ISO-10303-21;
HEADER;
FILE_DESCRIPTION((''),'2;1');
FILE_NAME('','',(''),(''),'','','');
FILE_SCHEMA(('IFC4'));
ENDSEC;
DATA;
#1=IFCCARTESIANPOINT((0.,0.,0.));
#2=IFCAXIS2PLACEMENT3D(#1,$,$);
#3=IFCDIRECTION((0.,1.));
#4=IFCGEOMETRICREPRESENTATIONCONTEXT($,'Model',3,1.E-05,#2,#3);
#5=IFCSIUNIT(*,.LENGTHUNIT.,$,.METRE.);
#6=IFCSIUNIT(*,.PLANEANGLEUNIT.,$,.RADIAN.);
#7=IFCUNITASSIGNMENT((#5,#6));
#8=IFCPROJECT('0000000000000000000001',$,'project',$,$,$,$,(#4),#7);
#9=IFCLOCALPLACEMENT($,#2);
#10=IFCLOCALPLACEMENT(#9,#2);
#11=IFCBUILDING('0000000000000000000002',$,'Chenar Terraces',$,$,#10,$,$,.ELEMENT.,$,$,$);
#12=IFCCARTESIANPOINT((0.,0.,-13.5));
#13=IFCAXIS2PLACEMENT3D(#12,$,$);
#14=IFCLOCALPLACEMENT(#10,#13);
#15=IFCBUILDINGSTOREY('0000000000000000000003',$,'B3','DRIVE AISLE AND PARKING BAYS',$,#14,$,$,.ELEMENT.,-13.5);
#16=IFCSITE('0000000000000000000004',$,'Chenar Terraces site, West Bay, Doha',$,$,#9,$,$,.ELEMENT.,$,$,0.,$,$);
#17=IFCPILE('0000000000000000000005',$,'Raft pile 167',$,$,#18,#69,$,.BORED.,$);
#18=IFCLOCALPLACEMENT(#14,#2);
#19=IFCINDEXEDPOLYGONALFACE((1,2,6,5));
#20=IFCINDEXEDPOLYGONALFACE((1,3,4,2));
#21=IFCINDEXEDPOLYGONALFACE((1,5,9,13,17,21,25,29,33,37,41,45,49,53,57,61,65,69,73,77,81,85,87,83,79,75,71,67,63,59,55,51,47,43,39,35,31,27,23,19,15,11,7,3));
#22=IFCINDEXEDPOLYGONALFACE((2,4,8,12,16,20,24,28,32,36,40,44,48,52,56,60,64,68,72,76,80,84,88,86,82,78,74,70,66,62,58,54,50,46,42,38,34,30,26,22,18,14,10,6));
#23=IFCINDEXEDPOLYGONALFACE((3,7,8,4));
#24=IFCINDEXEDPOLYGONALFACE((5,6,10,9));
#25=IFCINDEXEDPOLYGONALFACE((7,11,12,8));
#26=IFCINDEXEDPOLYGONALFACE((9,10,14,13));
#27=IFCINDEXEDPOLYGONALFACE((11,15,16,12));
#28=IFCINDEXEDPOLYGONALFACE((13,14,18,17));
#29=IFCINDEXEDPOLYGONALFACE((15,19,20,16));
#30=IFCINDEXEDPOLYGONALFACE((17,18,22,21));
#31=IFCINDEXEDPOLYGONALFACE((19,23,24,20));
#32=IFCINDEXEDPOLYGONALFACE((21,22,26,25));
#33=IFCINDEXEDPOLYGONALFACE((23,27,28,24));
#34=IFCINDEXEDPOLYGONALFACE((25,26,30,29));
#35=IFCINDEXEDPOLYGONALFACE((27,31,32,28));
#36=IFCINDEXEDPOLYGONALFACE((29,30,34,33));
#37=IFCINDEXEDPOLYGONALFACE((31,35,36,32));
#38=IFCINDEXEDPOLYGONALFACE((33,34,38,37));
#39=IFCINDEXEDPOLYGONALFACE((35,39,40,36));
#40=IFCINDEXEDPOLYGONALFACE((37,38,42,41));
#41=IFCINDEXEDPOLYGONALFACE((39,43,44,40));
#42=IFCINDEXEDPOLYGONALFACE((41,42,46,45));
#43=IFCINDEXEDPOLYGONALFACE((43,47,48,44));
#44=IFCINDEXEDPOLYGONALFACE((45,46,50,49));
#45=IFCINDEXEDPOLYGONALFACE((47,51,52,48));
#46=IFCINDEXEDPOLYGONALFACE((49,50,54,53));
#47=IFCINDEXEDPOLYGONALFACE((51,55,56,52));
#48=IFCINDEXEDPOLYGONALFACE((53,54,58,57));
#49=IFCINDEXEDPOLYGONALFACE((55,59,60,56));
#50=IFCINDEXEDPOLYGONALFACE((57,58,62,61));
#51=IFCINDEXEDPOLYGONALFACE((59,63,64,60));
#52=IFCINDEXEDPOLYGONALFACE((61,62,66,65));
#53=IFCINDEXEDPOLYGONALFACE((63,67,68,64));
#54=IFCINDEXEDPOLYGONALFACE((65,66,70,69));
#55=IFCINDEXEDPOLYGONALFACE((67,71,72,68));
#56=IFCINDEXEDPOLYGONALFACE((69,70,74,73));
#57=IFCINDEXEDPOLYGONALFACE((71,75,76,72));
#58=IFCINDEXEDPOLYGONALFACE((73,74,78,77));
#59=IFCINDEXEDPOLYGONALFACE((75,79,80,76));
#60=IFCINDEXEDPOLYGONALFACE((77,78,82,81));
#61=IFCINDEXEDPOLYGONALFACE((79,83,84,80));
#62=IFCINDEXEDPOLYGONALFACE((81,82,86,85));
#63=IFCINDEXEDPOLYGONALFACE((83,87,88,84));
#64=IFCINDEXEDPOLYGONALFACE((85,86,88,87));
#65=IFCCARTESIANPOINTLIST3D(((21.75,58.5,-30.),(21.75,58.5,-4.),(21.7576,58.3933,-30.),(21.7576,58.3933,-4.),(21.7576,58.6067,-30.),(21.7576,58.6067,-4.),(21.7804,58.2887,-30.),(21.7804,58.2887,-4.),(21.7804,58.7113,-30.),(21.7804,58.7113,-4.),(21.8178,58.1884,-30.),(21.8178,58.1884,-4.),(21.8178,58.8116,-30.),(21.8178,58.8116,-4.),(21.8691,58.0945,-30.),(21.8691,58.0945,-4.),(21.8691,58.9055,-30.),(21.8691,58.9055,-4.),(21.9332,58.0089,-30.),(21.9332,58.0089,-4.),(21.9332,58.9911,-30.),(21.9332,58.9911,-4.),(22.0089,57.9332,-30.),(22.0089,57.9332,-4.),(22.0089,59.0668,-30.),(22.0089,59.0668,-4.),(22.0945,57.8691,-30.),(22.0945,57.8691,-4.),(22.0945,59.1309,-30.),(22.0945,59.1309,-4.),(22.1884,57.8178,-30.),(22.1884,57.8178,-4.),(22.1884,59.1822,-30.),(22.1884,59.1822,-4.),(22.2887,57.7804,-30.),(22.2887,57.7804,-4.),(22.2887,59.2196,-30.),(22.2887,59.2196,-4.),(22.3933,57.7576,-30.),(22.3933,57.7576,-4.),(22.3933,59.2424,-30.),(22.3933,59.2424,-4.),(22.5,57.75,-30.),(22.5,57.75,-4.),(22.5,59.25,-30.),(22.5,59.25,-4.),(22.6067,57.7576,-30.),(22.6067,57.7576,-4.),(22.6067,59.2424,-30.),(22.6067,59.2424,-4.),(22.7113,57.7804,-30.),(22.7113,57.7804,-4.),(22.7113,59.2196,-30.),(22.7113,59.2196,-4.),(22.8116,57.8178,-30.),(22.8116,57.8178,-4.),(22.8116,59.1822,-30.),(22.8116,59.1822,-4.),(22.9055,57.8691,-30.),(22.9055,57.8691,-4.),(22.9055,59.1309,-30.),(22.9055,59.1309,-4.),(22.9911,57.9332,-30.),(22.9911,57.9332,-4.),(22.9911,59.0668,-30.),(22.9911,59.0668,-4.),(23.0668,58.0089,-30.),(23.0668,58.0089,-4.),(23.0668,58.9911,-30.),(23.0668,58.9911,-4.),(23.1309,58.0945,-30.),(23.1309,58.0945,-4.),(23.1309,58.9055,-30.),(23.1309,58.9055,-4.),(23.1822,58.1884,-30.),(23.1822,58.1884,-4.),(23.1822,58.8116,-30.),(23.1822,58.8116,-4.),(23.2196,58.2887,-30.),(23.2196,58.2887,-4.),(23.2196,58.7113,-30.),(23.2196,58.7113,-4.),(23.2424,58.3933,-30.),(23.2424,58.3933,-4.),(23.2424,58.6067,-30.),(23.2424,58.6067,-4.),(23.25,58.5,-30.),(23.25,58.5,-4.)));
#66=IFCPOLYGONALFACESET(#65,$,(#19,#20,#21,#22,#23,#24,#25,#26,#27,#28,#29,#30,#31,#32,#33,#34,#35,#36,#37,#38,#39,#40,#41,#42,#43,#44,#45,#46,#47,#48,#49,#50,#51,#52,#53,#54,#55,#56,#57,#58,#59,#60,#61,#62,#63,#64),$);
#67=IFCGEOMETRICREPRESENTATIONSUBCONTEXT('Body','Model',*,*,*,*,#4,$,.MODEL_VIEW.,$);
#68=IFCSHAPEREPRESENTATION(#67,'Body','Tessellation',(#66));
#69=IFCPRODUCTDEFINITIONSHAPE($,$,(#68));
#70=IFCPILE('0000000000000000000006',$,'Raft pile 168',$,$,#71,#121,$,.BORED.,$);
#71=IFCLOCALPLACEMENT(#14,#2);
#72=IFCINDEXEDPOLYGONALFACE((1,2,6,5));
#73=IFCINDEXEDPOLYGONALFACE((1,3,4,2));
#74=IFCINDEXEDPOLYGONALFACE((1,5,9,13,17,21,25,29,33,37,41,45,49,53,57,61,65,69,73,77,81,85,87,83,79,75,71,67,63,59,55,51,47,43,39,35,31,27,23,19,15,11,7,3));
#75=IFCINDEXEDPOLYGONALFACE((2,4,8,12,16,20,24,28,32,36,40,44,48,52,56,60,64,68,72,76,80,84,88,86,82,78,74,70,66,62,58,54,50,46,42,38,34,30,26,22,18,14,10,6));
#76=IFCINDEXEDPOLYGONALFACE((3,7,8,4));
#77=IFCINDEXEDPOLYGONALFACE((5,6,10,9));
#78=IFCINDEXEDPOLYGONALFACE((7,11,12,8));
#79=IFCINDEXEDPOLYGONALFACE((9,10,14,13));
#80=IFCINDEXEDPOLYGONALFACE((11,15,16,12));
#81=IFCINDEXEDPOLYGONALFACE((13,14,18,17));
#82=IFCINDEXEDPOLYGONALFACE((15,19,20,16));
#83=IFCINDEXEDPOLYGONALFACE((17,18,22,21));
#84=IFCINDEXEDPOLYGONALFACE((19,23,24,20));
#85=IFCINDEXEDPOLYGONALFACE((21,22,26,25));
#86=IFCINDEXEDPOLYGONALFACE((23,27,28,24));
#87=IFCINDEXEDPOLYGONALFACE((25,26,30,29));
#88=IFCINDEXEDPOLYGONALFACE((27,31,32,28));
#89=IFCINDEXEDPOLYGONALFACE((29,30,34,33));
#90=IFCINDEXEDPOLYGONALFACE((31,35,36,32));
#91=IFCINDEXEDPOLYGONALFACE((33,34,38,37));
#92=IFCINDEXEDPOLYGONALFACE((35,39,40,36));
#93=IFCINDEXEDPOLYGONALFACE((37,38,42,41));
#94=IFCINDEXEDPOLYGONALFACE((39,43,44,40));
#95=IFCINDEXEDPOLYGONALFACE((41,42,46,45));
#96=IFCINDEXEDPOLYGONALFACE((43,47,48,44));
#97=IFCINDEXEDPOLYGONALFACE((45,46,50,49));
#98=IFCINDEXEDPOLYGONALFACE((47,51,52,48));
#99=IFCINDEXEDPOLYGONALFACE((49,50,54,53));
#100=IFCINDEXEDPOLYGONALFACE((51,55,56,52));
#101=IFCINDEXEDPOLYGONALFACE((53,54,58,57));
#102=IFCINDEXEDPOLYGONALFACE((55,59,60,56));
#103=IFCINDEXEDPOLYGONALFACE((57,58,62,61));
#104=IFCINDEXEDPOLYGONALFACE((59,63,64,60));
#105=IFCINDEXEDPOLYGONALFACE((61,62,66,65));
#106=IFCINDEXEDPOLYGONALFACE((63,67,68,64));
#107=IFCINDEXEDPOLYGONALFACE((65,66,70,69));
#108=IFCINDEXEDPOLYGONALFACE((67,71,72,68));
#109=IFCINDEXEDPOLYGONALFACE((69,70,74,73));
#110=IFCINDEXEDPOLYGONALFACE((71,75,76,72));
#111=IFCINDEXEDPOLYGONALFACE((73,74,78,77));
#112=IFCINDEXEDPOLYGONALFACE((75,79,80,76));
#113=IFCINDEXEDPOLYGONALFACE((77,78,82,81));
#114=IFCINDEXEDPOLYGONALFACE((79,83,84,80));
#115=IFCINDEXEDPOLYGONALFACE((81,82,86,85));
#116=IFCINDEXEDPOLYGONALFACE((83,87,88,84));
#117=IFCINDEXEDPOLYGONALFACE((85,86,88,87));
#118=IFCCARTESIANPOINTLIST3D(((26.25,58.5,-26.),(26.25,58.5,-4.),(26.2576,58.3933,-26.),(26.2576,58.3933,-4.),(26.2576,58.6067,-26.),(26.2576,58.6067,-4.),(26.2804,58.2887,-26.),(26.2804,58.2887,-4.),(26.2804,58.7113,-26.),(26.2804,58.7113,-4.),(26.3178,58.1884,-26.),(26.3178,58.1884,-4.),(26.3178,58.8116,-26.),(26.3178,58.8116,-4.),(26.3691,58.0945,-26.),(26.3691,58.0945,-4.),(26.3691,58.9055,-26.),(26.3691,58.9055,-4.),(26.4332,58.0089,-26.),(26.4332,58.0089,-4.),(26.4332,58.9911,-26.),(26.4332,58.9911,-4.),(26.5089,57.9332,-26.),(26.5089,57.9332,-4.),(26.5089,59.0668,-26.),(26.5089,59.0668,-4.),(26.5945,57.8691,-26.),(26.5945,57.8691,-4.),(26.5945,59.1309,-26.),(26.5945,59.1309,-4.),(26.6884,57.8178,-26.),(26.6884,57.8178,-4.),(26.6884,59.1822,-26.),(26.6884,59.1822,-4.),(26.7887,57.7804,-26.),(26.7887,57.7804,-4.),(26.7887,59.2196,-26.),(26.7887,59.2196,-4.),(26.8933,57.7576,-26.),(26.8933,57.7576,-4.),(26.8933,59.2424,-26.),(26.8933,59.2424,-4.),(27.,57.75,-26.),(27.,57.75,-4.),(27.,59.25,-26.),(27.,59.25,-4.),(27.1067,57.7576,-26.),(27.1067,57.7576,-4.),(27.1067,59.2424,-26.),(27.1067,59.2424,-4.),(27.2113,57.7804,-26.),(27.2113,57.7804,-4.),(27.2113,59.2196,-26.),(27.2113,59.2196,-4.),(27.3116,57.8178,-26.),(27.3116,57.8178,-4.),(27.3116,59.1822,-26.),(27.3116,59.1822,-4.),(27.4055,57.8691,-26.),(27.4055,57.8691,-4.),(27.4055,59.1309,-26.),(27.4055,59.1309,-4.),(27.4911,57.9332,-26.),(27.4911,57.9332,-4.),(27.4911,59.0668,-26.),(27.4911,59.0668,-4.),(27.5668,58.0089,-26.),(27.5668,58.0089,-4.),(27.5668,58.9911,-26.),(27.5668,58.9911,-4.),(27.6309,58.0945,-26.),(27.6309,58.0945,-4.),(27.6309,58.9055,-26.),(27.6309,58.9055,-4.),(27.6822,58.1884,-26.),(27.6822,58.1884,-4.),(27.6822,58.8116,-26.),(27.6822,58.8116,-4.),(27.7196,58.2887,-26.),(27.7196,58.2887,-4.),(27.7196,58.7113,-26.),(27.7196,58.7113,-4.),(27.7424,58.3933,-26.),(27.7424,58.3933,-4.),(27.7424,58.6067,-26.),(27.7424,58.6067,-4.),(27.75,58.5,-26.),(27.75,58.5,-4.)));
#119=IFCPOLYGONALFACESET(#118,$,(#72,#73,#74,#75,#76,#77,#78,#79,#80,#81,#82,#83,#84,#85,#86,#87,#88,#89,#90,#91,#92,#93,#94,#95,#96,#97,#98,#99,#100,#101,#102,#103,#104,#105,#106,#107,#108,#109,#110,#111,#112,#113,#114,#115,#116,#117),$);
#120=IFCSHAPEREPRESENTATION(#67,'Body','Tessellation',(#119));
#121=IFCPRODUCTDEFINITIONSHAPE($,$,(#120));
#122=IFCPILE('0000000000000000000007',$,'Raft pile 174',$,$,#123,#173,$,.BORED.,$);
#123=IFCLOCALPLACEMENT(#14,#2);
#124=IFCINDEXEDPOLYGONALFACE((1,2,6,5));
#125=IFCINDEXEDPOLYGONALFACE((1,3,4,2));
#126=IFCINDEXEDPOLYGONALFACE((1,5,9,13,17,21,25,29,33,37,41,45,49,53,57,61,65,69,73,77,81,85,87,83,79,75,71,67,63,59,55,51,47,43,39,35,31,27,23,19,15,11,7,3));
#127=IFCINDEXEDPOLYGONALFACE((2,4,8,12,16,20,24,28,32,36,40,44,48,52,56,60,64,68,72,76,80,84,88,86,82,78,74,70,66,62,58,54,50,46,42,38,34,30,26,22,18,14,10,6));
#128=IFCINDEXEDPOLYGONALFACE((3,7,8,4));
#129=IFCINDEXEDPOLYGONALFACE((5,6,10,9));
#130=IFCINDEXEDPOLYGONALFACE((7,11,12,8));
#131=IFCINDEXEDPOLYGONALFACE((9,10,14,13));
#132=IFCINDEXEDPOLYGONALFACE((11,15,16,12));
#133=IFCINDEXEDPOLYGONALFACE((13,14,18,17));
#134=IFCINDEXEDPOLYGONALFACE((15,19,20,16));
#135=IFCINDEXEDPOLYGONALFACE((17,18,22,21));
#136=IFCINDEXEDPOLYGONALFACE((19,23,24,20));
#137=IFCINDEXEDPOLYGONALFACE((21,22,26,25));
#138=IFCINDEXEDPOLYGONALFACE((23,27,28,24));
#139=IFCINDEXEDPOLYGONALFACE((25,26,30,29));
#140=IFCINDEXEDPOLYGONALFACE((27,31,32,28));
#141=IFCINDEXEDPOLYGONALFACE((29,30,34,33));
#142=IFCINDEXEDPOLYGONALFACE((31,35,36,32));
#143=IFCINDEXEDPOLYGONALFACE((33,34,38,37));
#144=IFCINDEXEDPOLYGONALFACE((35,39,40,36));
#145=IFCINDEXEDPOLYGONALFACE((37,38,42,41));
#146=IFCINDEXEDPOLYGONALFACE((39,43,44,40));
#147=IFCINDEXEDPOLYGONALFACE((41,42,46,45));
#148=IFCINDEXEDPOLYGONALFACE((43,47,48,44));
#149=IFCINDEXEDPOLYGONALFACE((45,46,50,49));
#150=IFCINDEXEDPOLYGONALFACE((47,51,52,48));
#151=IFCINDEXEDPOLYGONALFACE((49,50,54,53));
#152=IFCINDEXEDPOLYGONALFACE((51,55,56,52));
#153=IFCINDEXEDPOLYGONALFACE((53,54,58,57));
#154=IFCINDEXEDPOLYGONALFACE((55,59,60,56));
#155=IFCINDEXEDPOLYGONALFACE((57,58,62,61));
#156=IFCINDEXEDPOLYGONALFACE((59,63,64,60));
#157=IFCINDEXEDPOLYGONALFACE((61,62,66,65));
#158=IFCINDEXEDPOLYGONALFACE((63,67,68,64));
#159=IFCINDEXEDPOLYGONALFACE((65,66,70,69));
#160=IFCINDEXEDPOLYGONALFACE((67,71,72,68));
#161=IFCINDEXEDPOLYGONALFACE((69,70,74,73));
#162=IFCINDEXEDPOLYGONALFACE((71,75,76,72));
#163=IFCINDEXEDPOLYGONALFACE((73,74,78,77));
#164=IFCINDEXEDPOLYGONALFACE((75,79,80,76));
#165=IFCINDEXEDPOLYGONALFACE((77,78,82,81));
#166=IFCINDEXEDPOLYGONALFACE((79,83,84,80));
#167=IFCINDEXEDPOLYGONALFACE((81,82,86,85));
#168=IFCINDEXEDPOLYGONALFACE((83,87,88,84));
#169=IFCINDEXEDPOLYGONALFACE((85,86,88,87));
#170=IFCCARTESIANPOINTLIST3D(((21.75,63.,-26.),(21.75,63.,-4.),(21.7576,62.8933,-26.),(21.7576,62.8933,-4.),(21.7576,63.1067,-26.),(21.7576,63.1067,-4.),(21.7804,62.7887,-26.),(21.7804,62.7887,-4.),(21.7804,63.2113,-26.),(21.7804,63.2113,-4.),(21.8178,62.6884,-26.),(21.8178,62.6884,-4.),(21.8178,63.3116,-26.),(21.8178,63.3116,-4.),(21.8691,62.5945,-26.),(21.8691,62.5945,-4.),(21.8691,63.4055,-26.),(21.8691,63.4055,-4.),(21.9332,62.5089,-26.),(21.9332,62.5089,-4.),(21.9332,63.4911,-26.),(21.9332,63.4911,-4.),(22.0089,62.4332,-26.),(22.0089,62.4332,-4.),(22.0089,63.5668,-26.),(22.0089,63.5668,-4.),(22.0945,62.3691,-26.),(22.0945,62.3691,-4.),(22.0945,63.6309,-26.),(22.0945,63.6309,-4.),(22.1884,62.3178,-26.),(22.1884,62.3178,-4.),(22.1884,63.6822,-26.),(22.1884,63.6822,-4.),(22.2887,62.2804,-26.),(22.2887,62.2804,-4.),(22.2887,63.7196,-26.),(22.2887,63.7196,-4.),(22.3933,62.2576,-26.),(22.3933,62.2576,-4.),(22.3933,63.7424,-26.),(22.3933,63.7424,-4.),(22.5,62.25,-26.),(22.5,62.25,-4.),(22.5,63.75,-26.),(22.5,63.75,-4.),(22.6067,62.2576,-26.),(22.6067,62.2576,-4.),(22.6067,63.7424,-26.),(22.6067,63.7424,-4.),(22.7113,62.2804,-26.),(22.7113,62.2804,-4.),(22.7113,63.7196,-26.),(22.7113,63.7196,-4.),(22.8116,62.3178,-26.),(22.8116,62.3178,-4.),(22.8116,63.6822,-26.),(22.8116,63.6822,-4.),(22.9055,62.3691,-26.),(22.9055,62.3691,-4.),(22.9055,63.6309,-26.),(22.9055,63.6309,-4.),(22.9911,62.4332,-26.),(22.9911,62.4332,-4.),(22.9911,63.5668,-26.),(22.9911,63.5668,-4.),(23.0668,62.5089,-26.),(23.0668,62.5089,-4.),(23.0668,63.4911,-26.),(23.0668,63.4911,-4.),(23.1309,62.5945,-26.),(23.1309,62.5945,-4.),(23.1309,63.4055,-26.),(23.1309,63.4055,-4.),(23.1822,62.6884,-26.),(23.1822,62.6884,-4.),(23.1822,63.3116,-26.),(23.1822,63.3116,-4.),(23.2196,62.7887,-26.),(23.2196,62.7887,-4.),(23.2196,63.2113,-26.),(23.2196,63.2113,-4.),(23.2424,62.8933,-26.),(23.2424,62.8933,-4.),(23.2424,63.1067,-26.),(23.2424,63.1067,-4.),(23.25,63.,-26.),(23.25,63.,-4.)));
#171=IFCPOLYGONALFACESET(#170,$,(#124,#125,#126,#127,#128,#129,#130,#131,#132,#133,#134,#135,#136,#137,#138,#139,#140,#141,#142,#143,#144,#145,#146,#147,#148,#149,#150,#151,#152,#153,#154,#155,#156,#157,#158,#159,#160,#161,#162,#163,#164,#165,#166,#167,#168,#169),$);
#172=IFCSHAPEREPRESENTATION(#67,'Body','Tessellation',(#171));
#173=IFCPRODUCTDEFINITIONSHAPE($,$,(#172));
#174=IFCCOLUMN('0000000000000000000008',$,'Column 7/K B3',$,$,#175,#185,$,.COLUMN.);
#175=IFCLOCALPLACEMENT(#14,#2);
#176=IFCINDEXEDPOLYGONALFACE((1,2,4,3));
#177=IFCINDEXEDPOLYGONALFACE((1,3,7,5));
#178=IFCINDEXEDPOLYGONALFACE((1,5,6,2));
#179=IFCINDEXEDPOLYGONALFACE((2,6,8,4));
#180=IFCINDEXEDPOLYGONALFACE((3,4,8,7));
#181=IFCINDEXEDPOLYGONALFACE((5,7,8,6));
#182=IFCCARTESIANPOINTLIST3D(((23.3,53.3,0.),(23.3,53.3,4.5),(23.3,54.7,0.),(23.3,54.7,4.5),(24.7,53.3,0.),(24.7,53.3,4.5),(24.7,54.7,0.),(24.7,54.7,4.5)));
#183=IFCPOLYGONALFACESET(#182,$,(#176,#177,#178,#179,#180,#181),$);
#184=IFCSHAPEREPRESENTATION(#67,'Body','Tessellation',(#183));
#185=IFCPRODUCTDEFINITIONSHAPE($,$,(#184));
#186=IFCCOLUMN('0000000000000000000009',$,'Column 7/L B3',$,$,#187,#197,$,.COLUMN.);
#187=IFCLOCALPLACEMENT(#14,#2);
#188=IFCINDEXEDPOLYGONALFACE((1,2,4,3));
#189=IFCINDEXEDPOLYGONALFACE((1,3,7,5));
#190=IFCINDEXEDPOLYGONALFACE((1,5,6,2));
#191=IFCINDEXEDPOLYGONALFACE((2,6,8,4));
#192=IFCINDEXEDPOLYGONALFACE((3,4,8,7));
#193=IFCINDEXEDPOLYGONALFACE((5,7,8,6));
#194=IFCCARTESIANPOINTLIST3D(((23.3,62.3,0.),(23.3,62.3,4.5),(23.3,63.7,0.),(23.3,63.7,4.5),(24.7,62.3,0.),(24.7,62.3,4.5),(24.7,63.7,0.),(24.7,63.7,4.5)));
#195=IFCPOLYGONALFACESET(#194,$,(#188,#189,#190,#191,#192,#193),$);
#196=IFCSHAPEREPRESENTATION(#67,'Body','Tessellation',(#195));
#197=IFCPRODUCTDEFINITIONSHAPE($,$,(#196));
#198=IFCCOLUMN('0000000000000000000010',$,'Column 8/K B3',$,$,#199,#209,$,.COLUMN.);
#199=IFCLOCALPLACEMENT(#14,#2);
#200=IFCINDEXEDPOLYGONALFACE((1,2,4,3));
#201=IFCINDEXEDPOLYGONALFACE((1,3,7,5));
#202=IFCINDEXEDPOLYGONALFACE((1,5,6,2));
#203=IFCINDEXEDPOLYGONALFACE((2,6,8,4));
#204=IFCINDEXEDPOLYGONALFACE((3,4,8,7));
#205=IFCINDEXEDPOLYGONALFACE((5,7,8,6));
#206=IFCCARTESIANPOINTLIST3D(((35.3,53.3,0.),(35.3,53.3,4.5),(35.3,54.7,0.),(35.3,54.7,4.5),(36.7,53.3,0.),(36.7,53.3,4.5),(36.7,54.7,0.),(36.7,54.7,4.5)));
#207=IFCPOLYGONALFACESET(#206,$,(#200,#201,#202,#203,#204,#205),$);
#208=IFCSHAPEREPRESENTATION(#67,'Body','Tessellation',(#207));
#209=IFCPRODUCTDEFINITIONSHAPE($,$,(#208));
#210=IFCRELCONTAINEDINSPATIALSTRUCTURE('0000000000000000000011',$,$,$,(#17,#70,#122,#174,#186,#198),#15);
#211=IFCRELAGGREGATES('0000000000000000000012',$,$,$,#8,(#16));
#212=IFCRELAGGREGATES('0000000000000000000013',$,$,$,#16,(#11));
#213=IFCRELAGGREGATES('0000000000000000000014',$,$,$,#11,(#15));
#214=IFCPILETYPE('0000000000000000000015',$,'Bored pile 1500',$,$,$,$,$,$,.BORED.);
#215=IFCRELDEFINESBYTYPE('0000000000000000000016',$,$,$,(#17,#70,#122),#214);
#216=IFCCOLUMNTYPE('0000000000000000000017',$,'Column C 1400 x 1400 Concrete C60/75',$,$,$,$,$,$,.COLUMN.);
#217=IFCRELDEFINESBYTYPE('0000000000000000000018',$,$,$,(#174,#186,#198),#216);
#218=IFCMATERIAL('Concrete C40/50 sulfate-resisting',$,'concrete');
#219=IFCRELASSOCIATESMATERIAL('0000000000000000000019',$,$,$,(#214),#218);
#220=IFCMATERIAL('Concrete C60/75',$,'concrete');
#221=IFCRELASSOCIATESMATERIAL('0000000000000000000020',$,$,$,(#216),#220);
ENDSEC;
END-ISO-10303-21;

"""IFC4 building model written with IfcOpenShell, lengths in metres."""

from ifc_helpers import new_model, si_unit, direction, frame, origin, origin_2d, place, context, subcontext, project, spatial, rectangle, circle, extrude, material, material_profile, profile_set, type_object, element, save


model = new_model("IFC4")

# Units and contexts
model_context = context("Model", 3, precision=1e-05, world=origin(), true_north=direction((0.0, 1.0)))
body_context = subcontext(model_context, "Body", "Model", "MODEL_VIEW")
ifc_project = project(units=[si_unit("LENGTHUNIT", "METRE"), si_unit("PLANEANGLEUNIT", "RADIAN")], contexts=[model_context])

# Site, building, storey
site_placement = place(None, origin())
site = spatial("IfcSite", under=ifc_project, at=site_placement, Name="Chenar Terraces site, West Bay, Doha", CompositionType="ELEMENT", RefElevation=0.0)
building_placement = place(site_placement, origin())
building = spatial("IfcBuilding", under=site, at=building_placement, Name="Chenar Terraces", CompositionType="ELEMENT")
storey_placement = place(building_placement, frame((0.0, 0.0, -13.5)))
storey = spatial("IfcBuildingStorey", under=building, at=storey_placement, Name="B3", Description="DRIVE AISLE AND PARKING BAYS", CompositionType="ELEMENT", Elevation=-13.5)

# Piles
ifc_material_1 = material(Name="Concrete C40/50 sulfate-resisting", Category="concrete")
ifc_material_profile_1 = material_profile(ifc_material_1, circle(Radius=0.75, at=origin_2d()), Name="BP 1500")
ifc_profile_set_1 = profile_set([ifc_material_profile_1], Name="Concrete C40/50 sulfate-resisting")
pile_type_1 = type_object("IfcPileType", Name="Bored pile 1500", PredefinedType="BORED", material=ifc_profile_set_1)
pile_1_placement = place(storey_placement, frame((22.5, 58.5, -4.0), z_axis=(0.0, 0.0, -1.0), x_axis=(1.0, 0.0, 0.0)))
element("IfcPile", 1, at=pile_1_placement, inside=storey, type_object=pile_type_1, Name="Raft pile 167", PredefinedType="BORED", context=body_context, shape_type="SweptSolid", body=[
    extrude(circle(Radius=0.75, at=origin_2d()), origin(), (0.0, 0.0, 1.0), 26.0),
])
for number, where, z_axis, x_axis, name in (
    (2, (27.0, 58.5, -4.0), (0.0, 0.0, -1.0), (1.0, 0.0, 0.0), "Raft pile 168"),
    (3, (22.5, 63.0, -4.0), (0.0, 0.0, -1.0), (1.0, 0.0, 0.0), "Raft pile 174"),
):
    element("IfcPile", number, at=place(storey_placement, frame(where, z_axis=z_axis, x_axis=x_axis)), inside=storey, type_object=pile_type_1, Name=name, PredefinedType="BORED", context=body_context, shape_type="SweptSolid", body=[
        extrude(circle(Radius=0.75, at=origin_2d()), origin(), (0.0, 0.0, 1.0), 22.0),
    ])

# Columns
ifc_material_2 = material(Name="Concrete C60/75", Category="concrete")
ifc_material_profile_2 = material_profile(ifc_material_2, rectangle(XDim=1.3999, YDim=1.3999, at=origin_2d()), Name="C 1400 x 1400")
ifc_profile_set_2 = profile_set([ifc_material_profile_2], Name="Concrete C60/75")
column_type = type_object("IfcColumnType", Name="Column C 1400 x 1400 Concrete C60/75", PredefinedType="COLUMN", material=ifc_profile_set_2)
for number, where, z_axis, x_axis, name in (
    (4, (24.0, 54.0, 0.0), (0.0, 0.0, 1.0), (1.0, 0.0, 0.0), "Column 7/K B3"),
    (5, (24.0, 63.0, 0.0), (0.0, 0.0, 1.0), (1.0, 0.0, 0.0), "Column 7/L B3"),
    (6, (36.0, 54.0, 0.0), (0.0, 0.0, 1.0), (1.0, 0.0, 0.0), "Column 8/K B3"),
):
    element("IfcColumn", number, at=place(storey_placement, frame(where, z_axis=z_axis, x_axis=x_axis)), inside=storey, type_object=column_type, Name=name, PredefinedType="COLUMN", context=body_context, shape_type="SweptSolid", body=[
        extrude(rectangle(XDim=1.3999, YDim=1.3999, at=origin_2d()), origin(), (0.0, 0.0, 1.0), 4.5),
    ])

save(model, "model.ifc")
